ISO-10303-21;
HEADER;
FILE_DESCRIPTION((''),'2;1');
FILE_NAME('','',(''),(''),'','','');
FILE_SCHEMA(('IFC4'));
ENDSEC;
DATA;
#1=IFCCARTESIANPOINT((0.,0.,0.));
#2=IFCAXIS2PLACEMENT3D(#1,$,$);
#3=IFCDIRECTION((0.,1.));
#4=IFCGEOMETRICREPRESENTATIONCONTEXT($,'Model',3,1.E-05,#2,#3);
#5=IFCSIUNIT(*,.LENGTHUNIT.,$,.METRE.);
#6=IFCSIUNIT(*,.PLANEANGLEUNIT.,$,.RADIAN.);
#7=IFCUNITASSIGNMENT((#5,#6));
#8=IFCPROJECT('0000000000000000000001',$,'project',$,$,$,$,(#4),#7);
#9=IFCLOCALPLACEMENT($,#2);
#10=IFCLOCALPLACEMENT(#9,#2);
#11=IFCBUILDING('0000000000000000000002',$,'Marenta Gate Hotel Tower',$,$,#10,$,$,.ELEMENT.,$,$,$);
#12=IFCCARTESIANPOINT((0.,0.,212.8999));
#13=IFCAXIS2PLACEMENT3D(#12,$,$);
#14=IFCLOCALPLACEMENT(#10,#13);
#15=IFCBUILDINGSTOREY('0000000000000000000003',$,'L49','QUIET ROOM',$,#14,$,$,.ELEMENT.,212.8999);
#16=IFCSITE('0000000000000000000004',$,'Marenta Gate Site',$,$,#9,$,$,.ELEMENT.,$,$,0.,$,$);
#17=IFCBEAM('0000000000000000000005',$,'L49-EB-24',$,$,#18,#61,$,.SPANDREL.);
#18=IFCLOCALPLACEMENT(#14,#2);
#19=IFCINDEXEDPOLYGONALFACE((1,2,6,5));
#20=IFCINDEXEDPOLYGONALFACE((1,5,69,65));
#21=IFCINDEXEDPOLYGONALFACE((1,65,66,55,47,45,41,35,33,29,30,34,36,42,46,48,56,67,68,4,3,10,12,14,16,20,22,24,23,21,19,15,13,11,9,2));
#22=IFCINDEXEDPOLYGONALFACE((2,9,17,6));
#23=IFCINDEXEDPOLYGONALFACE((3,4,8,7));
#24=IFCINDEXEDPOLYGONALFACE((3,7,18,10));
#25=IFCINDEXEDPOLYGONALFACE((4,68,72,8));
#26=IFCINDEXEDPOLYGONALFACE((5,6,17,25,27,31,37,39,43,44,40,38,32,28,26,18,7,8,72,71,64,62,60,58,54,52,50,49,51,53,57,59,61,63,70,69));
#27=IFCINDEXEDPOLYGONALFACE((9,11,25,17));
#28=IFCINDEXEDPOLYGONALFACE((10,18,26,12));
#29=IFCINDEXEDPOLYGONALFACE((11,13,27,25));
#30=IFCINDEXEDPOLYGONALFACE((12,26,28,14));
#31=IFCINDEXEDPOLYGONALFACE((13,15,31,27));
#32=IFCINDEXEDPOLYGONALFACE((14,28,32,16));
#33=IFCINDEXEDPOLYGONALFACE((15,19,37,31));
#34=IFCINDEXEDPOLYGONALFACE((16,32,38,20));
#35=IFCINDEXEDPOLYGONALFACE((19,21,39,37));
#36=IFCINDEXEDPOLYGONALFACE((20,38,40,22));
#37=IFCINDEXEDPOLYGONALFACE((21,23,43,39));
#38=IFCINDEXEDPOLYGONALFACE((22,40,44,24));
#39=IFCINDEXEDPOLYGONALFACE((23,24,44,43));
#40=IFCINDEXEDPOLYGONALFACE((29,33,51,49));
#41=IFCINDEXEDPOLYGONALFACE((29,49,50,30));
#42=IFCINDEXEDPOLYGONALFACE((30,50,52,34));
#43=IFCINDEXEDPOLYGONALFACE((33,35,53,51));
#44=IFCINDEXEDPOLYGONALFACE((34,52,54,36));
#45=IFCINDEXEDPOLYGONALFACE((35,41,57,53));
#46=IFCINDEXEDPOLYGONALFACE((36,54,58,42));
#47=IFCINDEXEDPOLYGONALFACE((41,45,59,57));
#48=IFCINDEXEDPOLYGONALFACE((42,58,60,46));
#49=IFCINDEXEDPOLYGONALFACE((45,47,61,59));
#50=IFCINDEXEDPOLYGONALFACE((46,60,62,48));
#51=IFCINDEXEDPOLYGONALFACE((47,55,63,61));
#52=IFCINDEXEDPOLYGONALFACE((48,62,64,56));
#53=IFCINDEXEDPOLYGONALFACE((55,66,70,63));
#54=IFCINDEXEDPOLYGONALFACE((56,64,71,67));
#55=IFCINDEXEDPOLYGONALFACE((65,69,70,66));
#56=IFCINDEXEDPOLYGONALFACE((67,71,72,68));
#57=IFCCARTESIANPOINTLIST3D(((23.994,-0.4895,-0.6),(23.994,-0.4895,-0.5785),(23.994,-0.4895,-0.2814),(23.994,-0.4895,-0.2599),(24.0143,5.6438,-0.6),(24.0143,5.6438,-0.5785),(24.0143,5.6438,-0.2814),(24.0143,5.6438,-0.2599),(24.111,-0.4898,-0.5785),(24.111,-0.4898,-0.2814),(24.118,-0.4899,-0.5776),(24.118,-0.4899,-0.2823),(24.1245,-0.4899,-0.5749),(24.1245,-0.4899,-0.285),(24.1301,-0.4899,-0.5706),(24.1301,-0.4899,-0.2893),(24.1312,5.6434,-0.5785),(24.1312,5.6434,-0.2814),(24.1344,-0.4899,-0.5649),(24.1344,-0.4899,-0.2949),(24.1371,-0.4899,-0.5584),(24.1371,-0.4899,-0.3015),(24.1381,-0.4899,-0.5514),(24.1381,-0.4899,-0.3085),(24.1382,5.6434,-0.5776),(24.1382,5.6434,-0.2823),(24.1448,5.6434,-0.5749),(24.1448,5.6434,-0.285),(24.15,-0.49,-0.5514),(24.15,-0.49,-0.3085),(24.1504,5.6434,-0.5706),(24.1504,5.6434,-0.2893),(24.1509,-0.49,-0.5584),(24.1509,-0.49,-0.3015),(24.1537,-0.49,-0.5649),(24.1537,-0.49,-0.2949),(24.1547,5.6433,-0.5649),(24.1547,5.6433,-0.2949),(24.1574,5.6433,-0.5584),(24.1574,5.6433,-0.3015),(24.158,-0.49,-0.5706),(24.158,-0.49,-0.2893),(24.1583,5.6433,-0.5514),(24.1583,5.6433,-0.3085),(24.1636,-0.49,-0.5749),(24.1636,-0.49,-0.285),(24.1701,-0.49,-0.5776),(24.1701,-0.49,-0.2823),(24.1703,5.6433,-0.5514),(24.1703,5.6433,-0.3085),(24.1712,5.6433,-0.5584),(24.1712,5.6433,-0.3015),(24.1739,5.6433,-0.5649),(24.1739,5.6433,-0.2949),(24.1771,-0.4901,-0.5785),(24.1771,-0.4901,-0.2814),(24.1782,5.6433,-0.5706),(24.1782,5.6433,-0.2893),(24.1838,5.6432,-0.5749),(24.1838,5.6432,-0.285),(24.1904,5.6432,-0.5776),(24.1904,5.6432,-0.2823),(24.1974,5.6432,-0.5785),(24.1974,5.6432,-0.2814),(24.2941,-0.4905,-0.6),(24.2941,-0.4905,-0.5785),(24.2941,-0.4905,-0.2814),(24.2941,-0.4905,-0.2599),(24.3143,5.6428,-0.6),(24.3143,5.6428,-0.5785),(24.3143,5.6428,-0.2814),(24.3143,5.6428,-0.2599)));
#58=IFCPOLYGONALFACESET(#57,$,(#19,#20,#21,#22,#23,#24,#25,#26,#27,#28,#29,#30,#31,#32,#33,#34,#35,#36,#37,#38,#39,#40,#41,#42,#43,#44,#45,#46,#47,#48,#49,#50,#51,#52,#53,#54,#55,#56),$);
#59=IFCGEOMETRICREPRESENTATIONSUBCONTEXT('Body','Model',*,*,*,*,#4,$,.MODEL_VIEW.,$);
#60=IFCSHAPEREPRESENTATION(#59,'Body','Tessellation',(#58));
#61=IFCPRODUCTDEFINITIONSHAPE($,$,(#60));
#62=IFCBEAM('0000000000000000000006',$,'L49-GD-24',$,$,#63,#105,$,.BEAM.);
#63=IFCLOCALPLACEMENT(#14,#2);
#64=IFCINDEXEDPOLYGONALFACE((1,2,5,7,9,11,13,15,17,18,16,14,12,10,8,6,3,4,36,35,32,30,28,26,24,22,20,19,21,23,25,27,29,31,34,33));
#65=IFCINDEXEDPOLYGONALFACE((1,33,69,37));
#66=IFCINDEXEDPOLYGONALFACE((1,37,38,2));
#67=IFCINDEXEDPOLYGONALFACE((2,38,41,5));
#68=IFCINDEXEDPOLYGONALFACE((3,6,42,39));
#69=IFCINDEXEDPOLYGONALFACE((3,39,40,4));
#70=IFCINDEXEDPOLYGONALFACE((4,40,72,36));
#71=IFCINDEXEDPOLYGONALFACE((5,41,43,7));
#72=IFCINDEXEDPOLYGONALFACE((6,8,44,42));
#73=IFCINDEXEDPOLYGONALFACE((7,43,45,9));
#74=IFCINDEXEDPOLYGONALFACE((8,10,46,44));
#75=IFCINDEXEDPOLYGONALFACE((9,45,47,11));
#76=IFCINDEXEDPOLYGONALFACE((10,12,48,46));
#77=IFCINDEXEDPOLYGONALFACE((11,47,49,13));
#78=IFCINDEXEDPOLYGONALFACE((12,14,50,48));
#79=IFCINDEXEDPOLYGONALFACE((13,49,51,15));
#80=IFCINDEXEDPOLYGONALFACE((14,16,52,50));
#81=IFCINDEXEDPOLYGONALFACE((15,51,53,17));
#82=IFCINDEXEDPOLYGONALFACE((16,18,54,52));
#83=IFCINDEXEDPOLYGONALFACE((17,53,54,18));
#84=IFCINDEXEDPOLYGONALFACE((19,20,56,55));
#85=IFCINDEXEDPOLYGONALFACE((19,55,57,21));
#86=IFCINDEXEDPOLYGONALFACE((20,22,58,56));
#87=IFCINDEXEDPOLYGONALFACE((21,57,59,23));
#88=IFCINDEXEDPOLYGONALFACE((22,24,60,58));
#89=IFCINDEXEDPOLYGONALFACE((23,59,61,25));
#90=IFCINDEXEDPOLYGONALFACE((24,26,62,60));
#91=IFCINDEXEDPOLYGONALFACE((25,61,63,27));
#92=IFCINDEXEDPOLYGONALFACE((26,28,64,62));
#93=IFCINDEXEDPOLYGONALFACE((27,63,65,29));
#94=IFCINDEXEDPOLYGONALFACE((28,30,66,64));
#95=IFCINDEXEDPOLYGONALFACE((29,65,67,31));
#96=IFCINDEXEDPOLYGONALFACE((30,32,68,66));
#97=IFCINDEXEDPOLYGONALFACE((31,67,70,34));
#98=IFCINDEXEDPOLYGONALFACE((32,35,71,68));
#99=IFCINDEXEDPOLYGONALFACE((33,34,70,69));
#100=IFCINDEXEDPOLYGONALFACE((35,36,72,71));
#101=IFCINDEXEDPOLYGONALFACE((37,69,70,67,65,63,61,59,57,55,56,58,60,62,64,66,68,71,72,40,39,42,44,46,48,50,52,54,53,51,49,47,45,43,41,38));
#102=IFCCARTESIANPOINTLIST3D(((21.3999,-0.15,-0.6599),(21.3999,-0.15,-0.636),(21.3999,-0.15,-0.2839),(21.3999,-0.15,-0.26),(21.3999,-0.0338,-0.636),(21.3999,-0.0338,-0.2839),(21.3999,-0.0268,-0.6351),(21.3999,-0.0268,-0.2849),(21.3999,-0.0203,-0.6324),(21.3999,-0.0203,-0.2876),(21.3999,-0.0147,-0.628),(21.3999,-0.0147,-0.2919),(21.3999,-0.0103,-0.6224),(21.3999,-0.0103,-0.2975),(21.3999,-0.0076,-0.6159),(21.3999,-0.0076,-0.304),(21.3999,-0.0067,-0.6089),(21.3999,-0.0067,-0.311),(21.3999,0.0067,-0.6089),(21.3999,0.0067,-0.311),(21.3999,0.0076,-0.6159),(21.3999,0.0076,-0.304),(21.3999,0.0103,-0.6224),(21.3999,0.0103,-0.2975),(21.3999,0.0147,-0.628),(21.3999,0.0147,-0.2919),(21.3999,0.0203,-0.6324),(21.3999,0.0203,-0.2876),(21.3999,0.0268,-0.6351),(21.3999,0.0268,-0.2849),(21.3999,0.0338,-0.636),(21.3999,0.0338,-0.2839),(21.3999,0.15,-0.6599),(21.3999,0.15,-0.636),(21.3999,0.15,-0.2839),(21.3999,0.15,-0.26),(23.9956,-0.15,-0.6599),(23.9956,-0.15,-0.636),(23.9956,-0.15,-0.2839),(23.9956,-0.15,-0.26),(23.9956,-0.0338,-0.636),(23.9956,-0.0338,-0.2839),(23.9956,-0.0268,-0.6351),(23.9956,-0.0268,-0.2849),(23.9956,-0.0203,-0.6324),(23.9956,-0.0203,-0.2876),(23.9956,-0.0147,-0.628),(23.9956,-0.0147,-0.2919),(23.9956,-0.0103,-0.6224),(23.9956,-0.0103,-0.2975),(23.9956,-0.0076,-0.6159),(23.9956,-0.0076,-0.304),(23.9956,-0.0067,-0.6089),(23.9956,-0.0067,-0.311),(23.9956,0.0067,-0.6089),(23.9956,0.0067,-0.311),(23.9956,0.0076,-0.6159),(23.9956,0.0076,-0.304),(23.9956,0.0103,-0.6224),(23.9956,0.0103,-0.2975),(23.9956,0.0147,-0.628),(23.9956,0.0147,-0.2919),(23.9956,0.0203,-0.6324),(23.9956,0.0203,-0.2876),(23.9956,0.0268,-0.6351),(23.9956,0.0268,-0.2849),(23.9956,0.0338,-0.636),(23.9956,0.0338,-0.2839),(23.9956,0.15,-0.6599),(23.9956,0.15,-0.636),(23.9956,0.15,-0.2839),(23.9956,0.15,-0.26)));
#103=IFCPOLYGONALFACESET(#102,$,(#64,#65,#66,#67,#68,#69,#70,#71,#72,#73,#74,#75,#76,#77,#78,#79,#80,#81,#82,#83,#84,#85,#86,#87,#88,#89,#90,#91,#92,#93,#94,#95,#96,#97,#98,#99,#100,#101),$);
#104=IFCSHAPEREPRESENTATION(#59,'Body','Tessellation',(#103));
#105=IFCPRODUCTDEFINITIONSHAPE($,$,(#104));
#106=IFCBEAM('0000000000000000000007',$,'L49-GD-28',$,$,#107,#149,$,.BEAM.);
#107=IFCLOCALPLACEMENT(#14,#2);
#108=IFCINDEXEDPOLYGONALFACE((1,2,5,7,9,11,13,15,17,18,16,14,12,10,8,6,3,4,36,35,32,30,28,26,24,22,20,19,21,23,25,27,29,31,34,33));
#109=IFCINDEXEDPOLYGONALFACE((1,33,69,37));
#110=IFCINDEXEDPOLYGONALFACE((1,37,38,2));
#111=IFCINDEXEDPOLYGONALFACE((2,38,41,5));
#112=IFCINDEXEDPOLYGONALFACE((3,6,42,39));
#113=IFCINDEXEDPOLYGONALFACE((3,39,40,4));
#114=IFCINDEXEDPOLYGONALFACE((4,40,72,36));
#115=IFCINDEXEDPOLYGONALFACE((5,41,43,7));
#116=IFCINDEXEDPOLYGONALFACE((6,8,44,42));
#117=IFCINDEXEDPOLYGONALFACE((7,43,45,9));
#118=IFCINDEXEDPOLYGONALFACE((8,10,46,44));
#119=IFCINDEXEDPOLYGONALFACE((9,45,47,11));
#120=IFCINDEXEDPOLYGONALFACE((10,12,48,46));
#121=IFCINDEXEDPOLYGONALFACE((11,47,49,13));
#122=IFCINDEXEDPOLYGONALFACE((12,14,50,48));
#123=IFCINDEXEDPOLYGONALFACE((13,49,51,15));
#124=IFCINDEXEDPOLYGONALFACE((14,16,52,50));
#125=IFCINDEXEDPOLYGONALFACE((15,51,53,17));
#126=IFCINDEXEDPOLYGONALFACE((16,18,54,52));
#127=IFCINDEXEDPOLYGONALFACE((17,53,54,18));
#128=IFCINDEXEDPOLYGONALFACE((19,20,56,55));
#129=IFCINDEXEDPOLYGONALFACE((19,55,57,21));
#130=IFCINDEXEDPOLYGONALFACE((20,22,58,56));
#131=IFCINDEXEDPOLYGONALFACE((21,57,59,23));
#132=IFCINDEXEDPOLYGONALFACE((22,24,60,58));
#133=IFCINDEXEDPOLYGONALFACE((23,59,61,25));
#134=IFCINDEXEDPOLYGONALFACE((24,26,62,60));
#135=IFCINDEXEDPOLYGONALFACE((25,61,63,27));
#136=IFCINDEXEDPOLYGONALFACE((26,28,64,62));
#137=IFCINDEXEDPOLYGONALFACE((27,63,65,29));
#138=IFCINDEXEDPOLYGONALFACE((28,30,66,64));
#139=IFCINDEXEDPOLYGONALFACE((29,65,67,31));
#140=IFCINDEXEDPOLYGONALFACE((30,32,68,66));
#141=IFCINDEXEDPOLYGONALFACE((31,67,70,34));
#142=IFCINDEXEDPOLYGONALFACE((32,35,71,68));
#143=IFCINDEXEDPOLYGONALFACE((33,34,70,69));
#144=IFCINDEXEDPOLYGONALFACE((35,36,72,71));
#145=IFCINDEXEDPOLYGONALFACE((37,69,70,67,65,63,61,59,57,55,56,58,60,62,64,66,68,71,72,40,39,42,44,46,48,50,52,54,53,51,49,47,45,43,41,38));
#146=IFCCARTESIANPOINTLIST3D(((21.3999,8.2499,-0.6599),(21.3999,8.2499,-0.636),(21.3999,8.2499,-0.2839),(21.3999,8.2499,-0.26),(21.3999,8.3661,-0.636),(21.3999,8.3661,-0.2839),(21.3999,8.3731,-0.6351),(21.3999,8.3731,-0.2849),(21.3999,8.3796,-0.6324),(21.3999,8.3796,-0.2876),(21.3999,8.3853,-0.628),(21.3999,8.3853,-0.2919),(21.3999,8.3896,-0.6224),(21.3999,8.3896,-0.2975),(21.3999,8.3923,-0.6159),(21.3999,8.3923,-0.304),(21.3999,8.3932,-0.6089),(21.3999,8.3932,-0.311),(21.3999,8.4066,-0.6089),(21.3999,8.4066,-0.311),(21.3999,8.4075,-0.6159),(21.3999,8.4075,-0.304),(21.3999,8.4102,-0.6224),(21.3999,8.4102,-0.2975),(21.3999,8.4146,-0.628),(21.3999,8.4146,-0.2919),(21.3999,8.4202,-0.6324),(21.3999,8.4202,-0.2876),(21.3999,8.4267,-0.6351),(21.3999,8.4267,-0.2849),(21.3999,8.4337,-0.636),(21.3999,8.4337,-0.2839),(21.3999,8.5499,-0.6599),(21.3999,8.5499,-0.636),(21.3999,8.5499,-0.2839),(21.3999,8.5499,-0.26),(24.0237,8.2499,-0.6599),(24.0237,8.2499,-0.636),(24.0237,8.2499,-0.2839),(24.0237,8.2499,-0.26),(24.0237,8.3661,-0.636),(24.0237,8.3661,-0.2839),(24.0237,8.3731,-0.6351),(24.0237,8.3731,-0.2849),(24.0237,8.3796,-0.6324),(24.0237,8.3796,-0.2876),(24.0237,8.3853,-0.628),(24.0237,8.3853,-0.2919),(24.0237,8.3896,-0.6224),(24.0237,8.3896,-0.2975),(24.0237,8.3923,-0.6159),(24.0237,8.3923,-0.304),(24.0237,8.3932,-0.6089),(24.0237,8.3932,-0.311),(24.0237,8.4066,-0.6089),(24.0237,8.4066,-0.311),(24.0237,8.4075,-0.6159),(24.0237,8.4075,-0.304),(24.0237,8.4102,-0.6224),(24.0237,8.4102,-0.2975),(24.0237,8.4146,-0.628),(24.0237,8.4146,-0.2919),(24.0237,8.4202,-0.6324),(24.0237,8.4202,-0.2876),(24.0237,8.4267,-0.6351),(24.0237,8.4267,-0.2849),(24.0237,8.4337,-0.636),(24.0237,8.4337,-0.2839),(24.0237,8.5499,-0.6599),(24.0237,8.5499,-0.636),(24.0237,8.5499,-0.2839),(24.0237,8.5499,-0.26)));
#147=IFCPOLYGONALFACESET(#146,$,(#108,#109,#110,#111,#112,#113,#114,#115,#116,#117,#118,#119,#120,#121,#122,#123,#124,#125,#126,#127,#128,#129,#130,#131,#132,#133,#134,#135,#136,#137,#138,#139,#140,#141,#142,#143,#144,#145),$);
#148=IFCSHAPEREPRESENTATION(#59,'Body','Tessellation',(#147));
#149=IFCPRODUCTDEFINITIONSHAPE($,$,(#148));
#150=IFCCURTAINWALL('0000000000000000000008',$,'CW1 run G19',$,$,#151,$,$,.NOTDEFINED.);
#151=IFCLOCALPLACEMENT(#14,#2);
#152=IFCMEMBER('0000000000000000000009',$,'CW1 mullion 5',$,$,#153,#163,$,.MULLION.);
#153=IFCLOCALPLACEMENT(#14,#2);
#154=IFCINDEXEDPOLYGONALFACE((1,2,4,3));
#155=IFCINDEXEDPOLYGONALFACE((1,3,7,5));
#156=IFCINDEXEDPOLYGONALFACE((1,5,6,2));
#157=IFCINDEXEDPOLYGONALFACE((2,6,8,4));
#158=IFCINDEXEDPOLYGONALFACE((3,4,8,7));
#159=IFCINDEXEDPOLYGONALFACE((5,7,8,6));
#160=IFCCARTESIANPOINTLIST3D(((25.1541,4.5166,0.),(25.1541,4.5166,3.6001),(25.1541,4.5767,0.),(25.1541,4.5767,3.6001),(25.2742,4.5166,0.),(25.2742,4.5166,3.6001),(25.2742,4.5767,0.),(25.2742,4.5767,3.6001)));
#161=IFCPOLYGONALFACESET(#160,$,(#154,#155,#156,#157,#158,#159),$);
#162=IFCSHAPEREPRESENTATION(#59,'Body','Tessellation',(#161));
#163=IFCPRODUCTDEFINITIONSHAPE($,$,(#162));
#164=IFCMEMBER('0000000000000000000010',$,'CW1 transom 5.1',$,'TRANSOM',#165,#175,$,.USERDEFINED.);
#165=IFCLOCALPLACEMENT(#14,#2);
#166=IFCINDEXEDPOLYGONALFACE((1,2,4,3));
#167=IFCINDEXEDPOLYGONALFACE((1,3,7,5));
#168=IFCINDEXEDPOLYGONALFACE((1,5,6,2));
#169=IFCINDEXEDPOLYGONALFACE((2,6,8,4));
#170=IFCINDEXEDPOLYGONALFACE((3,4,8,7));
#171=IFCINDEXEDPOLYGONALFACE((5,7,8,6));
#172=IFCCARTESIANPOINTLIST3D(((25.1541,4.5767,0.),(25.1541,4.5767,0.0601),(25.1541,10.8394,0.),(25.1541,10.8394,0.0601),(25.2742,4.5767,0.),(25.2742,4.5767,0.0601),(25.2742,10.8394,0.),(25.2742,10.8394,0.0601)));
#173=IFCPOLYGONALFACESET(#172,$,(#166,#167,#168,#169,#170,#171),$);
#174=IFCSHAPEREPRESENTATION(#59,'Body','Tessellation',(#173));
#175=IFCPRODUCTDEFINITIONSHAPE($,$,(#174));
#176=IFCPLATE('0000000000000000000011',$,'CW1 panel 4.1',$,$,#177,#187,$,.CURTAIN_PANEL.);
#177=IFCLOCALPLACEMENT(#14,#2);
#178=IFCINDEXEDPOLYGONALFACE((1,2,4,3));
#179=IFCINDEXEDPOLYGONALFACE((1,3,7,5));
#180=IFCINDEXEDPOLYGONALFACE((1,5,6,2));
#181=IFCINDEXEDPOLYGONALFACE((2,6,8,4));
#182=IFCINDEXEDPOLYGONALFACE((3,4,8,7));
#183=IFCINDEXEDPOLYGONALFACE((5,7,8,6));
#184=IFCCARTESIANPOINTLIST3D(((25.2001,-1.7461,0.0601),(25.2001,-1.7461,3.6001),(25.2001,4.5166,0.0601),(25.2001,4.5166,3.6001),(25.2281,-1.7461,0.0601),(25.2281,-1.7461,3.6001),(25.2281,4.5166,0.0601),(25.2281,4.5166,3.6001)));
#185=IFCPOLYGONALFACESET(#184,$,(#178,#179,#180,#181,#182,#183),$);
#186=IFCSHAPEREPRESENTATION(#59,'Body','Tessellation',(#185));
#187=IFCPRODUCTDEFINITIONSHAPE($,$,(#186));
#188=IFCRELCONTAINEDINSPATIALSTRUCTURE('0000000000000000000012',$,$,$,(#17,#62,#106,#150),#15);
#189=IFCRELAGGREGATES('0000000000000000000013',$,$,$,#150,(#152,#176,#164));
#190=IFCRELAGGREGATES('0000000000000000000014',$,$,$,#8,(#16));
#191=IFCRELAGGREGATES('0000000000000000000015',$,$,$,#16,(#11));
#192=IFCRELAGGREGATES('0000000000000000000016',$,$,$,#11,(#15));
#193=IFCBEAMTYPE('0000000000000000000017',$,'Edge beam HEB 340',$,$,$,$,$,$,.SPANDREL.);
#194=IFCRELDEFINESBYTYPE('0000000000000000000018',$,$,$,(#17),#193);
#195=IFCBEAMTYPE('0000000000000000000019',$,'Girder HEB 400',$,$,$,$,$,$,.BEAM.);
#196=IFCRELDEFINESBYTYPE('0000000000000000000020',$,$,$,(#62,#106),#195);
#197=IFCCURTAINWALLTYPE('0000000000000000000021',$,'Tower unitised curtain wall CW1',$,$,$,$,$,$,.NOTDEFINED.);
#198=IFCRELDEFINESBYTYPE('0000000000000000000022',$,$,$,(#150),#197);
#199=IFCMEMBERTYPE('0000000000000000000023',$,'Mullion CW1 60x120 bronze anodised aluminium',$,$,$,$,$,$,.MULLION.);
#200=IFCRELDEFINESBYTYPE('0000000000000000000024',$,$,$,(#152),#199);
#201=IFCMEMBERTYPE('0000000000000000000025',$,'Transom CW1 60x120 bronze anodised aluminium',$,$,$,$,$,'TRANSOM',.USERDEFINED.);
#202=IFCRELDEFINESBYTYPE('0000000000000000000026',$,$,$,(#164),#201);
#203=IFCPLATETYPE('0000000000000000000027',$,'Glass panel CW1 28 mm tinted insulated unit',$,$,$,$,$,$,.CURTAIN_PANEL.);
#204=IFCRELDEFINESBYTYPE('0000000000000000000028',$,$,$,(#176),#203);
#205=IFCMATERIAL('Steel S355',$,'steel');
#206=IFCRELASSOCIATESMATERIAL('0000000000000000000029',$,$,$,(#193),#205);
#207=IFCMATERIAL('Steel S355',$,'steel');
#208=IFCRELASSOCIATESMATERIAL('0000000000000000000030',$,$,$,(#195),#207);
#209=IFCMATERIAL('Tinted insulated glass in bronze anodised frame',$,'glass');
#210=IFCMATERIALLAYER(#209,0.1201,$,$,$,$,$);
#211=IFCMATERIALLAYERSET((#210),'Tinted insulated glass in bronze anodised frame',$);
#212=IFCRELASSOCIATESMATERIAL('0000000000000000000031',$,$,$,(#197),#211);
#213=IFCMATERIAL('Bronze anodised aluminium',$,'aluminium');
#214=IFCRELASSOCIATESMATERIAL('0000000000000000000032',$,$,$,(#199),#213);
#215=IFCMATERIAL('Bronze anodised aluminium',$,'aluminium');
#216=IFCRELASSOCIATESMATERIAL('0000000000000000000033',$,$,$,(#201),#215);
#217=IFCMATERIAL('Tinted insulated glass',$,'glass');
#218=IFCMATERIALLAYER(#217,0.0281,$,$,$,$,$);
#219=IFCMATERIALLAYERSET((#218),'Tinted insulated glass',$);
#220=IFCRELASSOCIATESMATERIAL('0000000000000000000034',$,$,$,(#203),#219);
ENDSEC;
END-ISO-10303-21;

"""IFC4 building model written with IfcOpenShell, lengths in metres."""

from ifc_helpers import new_model, si_unit, direction, frame, origin, origin_2d, place, context, subcontext, project, spatial, rectangle, i_section, extrude, material, layer, layer_set, material_profile, profile_set, type_object, element, aggregate, save


model = new_model("IFC4")

# Units and contexts
model_context = context("Model", 3, precision=1e-05, world=origin(), true_north=direction((0.0, 1.0)))
body_context = subcontext(model_context, "Body", "Model", "MODEL_VIEW")
ifc_project = project(units=[si_unit("LENGTHUNIT", "METRE"), si_unit("PLANEANGLEUNIT", "RADIAN")], contexts=[model_context])

# Site, building, storey
site_placement = place(None, origin())
site = spatial("IfcSite", under=ifc_project, at=site_placement, Name="Marenta Gate Site", CompositionType="ELEMENT", RefElevation=0.0)
building_placement = place(site_placement, origin())
building = spatial("IfcBuilding", under=site, at=building_placement, Name="Marenta Gate Hotel Tower", CompositionType="ELEMENT")
storey_placement = place(building_placement, frame((0.0, 0.0, 212.8999)))
storey = spatial("IfcBuildingStorey", under=building, at=storey_placement, Name="L49", Description="QUIET ROOM", CompositionType="ELEMENT", Elevation=212.8999)

# Beams
ifc_material_1 = material(Name="Steel S355", Category="steel")
ifc_material_profile_1 = material_profile(ifc_material_1, i_section(OverallWidth=0.3, OverallDepth=0.3401, WebThickness=0.012, FlangeThickness=0.0215, FilletRadius=0.0271, at=origin_2d()), Name="HEB 340")
ifc_profile_set_1 = profile_set([ifc_material_profile_1], Name="Steel S355")
beam_type_1 = type_object("IfcBeamType", Name="Edge beam HEB 340", PredefinedType="SPANDREL", material=ifc_profile_set_1)
beam_1_placement = place(storey_placement, frame((24.1643, 5.6433, -0.4299), z_axis=(-0.003304, -0.999995, 0.0), x_axis=(0.999995, -0.003304, 0.0)))
element("IfcBeam", 1, at=beam_1_placement, inside=storey, type_object=beam_type_1, Name="L49-EB-24", PredefinedType="SPANDREL", context=body_context, shape_type="SweptSolid", body=[
    extrude(i_section(OverallWidth=0.3, OverallDepth=0.3401, WebThickness=0.012, FlangeThickness=0.0215, FilletRadius=0.0271, at=origin_2d()), origin(), (0.0, 0.0, 1.0), 6.1333),
])
ifc_material_2 = material(Name="Steel S355", Category="steel")
ifc_material_profile_2 = material_profile(ifc_material_2, i_section(OverallWidth=0.3, OverallDepth=0.3999, WebThickness=0.0134, FlangeThickness=0.0239, FilletRadius=0.0271, at=origin_2d()), Name="HEB 400")
ifc_profile_set_2 = profile_set([ifc_material_profile_2], Name="Steel S355")
beam_type_2 = type_object("IfcBeamType", Name="Girder HEB 400", PredefinedType="BEAM", material=ifc_profile_set_2)
beam_2_placement = place(storey_placement, frame((21.3999, 0.0, -0.46), z_axis=(1.0, 0.0, 0.0), x_axis=(0.0, 1.0, 0.0)))
element("IfcBeam", 2, at=beam_2_placement, inside=storey, type_object=beam_type_2, Name="L49-GD-24", PredefinedType="BEAM", context=body_context, shape_type="SweptSolid", body=[
    extrude(i_section(OverallWidth=0.3, OverallDepth=0.3999, WebThickness=0.0134, FlangeThickness=0.0239, FilletRadius=0.0271, at=origin_2d()), origin(), (0.0, 0.0, 1.0), 2.5957),
])
beam_3_placement = place(storey_placement, frame((21.3999, 8.3999, -0.46), z_axis=(1.0, 0.0, 0.0), x_axis=(0.0, 1.0, 0.0)))
element("IfcBeam", 3, at=beam_3_placement, inside=storey, type_object=beam_type_2, Name="L49-GD-28", PredefinedType="BEAM", context=body_context, shape_type="SweptSolid", body=[
    extrude(i_section(OverallWidth=0.3, OverallDepth=0.3999, WebThickness=0.0134, FlangeThickness=0.0239, FilletRadius=0.0271, at=origin_2d()), origin(), (0.0, 0.0, 1.0), 2.6238),
])

# Curtain wall, members, plate
ifc_material_3 = material(Name="Tinted insulated glass in bronze anodised frame", Category="glass")
ifc_layer_1 = layer(ifc_material_3, 0.1201)
ifc_layer_set_1 = layer_set([ifc_layer_1], Name="Tinted insulated glass in bronze anodised frame")
curtain_wall_type = type_object("IfcCurtainWallType", Name="Tower unitised curtain wall CW1", PredefinedType="NOTDEFINED", material=ifc_layer_set_1)
curtain_wall_placement = place(storey_placement, origin())
curtain_wall = element("IfcCurtainWall", 4, at=curtain_wall_placement, inside=storey, type_object=curtain_wall_type, Name="CW1 run G19", PredefinedType="NOTDEFINED")
ifc_material_4 = material(Name="Bronze anodised aluminium", Category="aluminium")
ifc_material_profile_3 = material_profile(ifc_material_4, rectangle(XDim=0.1201, YDim=0.0601, at=origin_2d()), Name="Mullion CW1 60x120 bronze anodised aluminium")
ifc_profile_set_3 = profile_set([ifc_material_profile_3], Name="Bronze anodised aluminium")
member_type_1 = type_object("IfcMemberType", Name="Mullion CW1 60x120 bronze anodised aluminium", PredefinedType="MULLION", material=ifc_profile_set_3)
member_1_placement = place(storey_placement, frame((25.2141, 4.5466, 0.0), z_axis=(0.0, 0.0, 1.0), x_axis=(-1.0, 0.0, 0.0)))
member_1 = element("IfcMember", 5, at=member_1_placement, type_object=member_type_1, Name="CW1 mullion 5", PredefinedType="MULLION", context=body_context, shape_type="SweptSolid", body=[
    extrude(rectangle(XDim=0.1201, YDim=0.0601, at=origin_2d()), origin(), (0.0, 0.0, 1.0), 3.6001),
])
ifc_material_5 = material(Name="Bronze anodised aluminium", Category="aluminium")
ifc_material_profile_4 = material_profile(ifc_material_5, rectangle(XDim=0.1201, YDim=0.0601, at=origin_2d()), Name="Transom CW1 60x120 bronze anodised aluminium")
ifc_profile_set_4 = profile_set([ifc_material_profile_4], Name="Bronze anodised aluminium")
member_type_2 = type_object("IfcMemberType", Name="Transom CW1 60x120 bronze anodised aluminium", ElementType="TRANSOM", PredefinedType="USERDEFINED", material=ifc_profile_set_4)
member_2_placement = place(storey_placement, frame((25.2141, 4.5767, 0.03), z_axis=(0.0, 1.0, 0.0), x_axis=(-1.0, 0.0, 0.0)))
member_2 = element("IfcMember", 6, at=member_2_placement, type_object=member_type_2, Name="CW1 transom 5.1", ObjectType="TRANSOM", PredefinedType="USERDEFINED", context=body_context, shape_type="SweptSolid", body=[
    extrude(rectangle(XDim=0.1201, YDim=0.0601, at=origin_2d()), origin(), (0.0, 0.0, 1.0), 6.2627),
])
ifc_material_6 = material(Name="Tinted insulated glass", Category="glass")
ifc_layer_2 = layer(ifc_material_6, 0.0281)
ifc_layer_set_2 = layer_set([ifc_layer_2], Name="Tinted insulated glass")
plate_type = type_object("IfcPlateType", Name="Glass panel CW1 28 mm tinted insulated unit", PredefinedType="CURTAIN_PANEL", material=ifc_layer_set_2)
plate_1_placement = place(storey_placement, frame((25.2141, 1.3853, 0.0601), z_axis=(0.0, 0.0, 1.0), x_axis=(0.0, 1.0, 0.0)))
plate_1 = element("IfcPlate", 7, at=plate_1_placement, type_object=plate_type, Name="CW1 panel 4.1", PredefinedType="CURTAIN_PANEL", context=body_context, shape_type="SweptSolid", body=[
    extrude(rectangle(XDim=6.2627, YDim=0.0281, at=origin_2d()), origin(), (0.0, 0.0, 1.0), 3.54),
])
aggregate(curtain_wall, [member_1, plate_1, member_2])

save(model, "model.ifc")
